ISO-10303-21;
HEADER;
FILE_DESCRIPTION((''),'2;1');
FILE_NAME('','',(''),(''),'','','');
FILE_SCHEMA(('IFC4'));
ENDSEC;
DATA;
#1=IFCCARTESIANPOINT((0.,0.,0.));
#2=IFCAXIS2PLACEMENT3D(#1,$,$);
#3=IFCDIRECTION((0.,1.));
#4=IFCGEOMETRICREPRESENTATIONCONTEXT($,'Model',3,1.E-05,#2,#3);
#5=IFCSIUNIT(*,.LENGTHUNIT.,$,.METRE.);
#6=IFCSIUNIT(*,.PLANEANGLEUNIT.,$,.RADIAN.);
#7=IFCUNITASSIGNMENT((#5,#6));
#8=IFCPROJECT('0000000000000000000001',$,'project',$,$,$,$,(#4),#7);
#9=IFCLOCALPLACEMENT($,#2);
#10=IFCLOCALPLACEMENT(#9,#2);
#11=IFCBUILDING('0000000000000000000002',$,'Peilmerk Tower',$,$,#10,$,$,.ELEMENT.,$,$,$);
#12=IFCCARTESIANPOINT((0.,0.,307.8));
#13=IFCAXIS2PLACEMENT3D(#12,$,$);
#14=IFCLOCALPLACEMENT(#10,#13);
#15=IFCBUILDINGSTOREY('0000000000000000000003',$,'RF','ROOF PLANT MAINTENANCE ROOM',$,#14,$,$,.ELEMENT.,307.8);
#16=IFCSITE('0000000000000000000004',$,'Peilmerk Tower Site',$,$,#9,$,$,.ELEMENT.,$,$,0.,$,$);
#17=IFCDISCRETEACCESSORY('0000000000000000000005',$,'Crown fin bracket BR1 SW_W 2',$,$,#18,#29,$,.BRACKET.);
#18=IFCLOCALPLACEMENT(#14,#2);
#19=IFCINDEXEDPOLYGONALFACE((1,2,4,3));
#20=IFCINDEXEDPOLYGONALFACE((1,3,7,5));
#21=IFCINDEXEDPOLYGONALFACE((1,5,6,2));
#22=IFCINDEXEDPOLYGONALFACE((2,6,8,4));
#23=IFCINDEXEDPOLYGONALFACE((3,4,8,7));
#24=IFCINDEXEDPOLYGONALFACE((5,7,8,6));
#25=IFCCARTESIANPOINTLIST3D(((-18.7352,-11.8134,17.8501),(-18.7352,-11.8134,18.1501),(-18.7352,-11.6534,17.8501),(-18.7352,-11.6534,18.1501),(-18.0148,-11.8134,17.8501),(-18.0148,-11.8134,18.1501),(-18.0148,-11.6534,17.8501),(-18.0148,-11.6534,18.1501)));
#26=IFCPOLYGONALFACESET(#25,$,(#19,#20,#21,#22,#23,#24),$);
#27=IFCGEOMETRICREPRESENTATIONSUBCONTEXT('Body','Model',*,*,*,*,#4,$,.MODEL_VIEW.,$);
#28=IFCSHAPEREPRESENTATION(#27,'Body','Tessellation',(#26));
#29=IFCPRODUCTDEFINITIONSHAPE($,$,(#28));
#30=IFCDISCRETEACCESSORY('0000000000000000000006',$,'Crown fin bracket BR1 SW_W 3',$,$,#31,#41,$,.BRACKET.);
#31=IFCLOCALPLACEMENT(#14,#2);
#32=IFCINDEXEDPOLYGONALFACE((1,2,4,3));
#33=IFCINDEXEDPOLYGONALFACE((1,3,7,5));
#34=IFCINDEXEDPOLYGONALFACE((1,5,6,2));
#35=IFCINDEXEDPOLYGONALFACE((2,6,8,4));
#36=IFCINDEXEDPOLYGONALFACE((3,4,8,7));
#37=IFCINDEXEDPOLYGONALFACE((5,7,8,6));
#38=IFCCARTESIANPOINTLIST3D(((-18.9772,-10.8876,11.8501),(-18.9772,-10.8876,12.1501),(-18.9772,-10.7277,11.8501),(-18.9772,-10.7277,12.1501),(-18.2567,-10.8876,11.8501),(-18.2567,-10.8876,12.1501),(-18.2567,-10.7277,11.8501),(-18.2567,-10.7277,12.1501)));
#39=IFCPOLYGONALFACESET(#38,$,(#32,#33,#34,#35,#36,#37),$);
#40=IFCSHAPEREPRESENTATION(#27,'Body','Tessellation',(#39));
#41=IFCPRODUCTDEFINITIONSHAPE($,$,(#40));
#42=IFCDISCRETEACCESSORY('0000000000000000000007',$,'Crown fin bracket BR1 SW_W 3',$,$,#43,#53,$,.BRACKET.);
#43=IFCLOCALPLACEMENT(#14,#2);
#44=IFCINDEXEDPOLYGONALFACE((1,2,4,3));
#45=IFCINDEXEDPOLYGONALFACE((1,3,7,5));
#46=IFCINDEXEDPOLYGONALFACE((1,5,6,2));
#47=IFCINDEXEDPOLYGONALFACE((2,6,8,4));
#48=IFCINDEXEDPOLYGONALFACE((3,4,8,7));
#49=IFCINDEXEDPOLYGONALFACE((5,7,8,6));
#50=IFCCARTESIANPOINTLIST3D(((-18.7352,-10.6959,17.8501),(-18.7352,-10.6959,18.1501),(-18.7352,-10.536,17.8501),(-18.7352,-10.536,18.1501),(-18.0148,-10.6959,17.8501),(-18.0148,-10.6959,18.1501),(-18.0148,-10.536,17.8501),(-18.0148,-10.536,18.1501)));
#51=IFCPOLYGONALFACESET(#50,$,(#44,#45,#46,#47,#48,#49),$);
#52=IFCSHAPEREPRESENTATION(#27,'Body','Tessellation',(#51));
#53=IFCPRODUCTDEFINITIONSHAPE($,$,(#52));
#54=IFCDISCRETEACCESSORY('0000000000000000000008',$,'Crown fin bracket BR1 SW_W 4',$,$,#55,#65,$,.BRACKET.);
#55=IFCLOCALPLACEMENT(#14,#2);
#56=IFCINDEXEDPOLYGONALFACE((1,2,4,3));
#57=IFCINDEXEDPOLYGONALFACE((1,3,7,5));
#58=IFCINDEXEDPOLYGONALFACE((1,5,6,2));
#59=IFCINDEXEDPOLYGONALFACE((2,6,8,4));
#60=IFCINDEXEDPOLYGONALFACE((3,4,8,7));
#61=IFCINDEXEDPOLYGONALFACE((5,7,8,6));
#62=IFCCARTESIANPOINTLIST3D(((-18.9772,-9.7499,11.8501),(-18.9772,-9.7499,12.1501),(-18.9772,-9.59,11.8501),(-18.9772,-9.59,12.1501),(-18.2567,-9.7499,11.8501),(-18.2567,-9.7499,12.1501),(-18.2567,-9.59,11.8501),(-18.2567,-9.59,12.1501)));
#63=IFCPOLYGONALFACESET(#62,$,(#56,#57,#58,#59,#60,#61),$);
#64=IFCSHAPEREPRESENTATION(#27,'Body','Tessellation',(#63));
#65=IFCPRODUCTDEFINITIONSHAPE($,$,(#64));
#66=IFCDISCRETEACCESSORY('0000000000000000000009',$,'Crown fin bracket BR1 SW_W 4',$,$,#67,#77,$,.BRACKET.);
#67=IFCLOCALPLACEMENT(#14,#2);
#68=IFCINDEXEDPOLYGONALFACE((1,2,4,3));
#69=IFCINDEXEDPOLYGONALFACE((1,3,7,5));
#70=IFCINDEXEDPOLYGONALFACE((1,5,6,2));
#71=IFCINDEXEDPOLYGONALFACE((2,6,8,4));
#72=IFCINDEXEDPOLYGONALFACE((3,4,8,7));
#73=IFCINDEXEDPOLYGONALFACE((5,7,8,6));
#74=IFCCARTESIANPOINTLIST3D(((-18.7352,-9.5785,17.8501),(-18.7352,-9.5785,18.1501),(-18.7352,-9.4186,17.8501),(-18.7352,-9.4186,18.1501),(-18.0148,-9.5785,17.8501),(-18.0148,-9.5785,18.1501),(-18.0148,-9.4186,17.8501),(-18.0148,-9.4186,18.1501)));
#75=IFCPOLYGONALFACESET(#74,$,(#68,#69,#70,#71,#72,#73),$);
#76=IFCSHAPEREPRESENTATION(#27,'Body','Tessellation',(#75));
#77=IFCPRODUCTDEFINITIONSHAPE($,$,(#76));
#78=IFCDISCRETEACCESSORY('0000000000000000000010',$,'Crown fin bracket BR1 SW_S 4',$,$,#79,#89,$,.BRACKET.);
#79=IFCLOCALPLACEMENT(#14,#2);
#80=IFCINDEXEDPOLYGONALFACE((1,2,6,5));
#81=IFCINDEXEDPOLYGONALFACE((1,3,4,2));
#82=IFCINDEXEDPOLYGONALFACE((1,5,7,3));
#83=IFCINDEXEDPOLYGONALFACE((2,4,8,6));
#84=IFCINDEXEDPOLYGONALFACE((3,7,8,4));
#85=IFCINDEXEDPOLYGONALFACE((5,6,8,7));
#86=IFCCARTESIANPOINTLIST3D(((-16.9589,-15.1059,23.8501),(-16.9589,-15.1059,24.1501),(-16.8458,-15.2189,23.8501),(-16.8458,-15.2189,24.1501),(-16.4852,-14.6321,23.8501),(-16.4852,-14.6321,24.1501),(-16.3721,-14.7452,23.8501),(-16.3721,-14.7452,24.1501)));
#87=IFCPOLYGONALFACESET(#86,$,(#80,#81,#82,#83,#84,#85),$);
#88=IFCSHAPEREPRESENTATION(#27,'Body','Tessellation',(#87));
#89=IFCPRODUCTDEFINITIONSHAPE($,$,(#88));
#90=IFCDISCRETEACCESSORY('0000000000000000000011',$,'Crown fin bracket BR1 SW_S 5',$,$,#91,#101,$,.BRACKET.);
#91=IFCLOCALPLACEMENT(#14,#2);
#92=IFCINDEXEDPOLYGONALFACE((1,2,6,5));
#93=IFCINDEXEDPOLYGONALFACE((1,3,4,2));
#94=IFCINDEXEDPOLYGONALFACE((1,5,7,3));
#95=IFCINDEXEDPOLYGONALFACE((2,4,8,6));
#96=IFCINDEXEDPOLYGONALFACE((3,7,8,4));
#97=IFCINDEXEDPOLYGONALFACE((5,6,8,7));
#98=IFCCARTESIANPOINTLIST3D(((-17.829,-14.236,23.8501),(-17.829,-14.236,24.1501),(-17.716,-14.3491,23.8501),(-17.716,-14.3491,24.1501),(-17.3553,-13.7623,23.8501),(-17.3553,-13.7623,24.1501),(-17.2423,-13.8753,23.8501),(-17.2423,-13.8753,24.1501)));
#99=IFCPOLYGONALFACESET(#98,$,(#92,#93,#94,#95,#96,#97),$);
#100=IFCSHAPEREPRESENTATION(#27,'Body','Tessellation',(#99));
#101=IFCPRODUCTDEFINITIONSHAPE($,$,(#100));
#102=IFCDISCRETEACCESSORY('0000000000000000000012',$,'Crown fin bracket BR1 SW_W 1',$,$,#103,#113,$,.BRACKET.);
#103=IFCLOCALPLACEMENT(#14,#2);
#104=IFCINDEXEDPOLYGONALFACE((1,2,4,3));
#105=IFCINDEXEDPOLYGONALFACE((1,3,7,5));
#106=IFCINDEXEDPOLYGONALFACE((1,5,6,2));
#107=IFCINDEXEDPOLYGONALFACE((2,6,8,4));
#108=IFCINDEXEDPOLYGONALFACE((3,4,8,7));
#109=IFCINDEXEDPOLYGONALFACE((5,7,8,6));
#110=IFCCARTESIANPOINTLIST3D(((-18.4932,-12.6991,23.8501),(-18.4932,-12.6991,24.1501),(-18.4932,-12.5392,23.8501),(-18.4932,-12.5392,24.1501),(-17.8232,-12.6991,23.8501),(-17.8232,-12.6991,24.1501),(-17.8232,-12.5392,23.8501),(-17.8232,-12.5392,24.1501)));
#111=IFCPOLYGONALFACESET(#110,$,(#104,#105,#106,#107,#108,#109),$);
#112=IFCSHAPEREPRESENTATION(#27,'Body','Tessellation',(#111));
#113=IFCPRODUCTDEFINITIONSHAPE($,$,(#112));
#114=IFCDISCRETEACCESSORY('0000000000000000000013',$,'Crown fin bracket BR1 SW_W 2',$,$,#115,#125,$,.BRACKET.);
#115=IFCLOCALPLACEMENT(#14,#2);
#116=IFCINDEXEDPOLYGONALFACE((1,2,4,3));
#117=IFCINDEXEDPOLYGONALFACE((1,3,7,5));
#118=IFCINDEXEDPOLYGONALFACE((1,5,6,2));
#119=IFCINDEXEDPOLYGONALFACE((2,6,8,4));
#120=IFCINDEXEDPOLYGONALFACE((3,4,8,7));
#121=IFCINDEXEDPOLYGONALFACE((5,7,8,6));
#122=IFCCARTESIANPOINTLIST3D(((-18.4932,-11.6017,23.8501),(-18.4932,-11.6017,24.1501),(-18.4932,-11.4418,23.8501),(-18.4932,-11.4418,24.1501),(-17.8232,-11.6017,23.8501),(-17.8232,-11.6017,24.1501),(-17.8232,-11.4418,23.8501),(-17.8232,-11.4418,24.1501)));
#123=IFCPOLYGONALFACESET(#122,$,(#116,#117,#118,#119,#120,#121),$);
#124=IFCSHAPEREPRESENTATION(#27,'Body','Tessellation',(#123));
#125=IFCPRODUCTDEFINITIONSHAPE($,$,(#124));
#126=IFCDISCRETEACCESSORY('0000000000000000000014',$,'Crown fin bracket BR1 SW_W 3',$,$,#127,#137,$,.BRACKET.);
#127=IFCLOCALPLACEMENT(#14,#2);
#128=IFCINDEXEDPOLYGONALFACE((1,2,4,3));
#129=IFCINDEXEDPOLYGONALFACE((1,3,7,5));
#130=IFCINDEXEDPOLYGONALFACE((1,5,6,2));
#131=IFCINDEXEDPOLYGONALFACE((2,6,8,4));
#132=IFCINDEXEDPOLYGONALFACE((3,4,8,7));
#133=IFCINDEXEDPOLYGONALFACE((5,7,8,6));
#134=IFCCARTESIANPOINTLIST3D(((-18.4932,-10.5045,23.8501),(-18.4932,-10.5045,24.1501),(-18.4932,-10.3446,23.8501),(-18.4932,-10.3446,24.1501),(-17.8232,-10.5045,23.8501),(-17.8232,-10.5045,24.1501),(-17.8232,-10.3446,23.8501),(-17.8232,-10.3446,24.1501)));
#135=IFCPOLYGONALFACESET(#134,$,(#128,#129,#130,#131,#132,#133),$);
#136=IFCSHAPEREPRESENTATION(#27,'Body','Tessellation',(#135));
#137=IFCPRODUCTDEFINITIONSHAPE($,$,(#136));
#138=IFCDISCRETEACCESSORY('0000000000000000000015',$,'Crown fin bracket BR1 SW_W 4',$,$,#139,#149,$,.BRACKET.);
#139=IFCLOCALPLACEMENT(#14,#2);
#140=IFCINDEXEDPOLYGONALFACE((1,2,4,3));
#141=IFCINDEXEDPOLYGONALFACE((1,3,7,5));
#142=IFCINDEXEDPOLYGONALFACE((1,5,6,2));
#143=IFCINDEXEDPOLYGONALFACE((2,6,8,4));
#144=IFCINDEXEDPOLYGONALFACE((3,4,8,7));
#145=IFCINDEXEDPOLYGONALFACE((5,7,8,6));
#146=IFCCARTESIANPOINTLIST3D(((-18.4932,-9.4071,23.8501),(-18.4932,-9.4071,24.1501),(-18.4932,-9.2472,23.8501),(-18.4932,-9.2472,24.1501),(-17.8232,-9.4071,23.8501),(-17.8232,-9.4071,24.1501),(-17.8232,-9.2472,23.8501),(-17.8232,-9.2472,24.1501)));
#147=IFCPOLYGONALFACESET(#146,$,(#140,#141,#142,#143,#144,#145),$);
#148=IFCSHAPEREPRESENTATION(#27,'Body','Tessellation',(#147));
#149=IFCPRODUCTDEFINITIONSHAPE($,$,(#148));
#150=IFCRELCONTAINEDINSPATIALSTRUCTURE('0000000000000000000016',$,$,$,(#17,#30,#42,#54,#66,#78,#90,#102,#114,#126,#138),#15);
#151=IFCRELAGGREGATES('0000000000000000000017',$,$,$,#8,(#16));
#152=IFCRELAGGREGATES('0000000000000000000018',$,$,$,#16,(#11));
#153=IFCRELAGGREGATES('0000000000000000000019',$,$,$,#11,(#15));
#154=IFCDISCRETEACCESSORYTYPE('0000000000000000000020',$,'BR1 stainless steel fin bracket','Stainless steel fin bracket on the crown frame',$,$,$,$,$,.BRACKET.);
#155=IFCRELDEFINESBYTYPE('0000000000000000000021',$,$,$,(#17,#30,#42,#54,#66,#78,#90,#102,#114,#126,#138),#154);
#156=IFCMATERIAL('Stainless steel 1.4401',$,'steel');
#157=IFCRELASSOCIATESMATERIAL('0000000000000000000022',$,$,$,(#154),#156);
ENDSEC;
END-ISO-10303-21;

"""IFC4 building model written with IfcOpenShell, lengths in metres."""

from ifc_helpers import new_model, si_unit, direction, frame, origin, origin_2d, place, context, subcontext, project, spatial, rectangle, extrude, source, transform, mapped, material, type_object, element, save


model = new_model("IFC4")

# Units and contexts
model_context = context("Model", 3, precision=1e-05, world=origin(), true_north=direction((0.0, 1.0)))
body_context = subcontext(model_context, "Body", "Model", "MODEL_VIEW")
ifc_project = project(units=[si_unit("LENGTHUNIT", "METRE"), si_unit("PLANEANGLEUNIT", "RADIAN")], contexts=[model_context])

# Site, building, storey
site_placement = place(None, origin())
site = spatial("IfcSite", under=ifc_project, at=site_placement, Name="Peilmerk Tower Site", CompositionType="ELEMENT", RefElevation=0.0)
building_placement = place(site_placement, origin())
building = spatial("IfcBuilding", under=site, at=building_placement, Name="Peilmerk Tower", CompositionType="ELEMENT")
storey_placement = place(building_placement, frame((0.0, 0.0, 307.8)))
storey = spatial("IfcBuildingStorey", under=building, at=storey_placement, Name="RF", Description="ROOF PLANT MAINTENANCE ROOM", CompositionType="ELEMENT", Elevation=307.8)

# Discrete accessories
ifc_material_1 = material(Name="Stainless steel 1.4401", Category="steel")
discrete_accessory_type = type_object("IfcDiscreteAccessoryType", Name="BR1 stainless steel fin bracket", Description="Stainless steel fin bracket on the crown frame", PredefinedType="BRACKET", material=ifc_material_1)
shared_shape_1 = source(origin(), body_context, "Body", "SweptSolid", [
    extrude(rectangle(XDim=0.7205, YDim=0.1599, at=origin_2d()), origin(), (0.0, 0.0, 1.0), 0.3),
])
for number, where, z_axis, x_axis, name in (
    (1, (-18.375, -11.7334, 17.8501), (0.0, 0.0, 1.0), (-1.0, 0.0, 0.0), "Crown fin bracket BR1 SW_W 2"),
    (2, (-18.6169, -10.8076, 11.8501), (0.0, 0.0, 1.0), (-1.0, 0.0, 0.0), "Crown fin bracket BR1 SW_W 3"),
    (3, (-18.375, -10.616, 17.8501), (0.0, 0.0, 1.0), (-1.0, 0.0, 0.0), "Crown fin bracket BR1 SW_W 3"),
    (4, (-18.6169, -9.6699, 11.8501), (0.0, 0.0, 1.0), (-1.0, 0.0, 0.0), "Crown fin bracket BR1 SW_W 4"),
    (5, (-18.375, -9.4985, 17.8501), (0.0, 0.0, 1.0), (-1.0, 0.0, 0.0), "Crown fin bracket BR1 SW_W 4"),
):
    element("IfcDiscreteAccessory", number, at=place(storey_placement, frame(where, z_axis=z_axis, x_axis=x_axis)), inside=storey, type_object=discrete_accessory_type, Name=name, PredefinedType="BRACKET", context=body_context, shape_type="MappedRepresentation", body=[
        mapped(shared_shape_1, transform((0.0, 0.0, 0.0), scale=1.0)),
    ])
shared_shape_2 = source(origin(), body_context, "Body", "SweptSolid", [
    extrude(rectangle(XDim=0.6699, YDim=0.1599, at=origin_2d()), origin(), (0.0, 0.0, 1.0), 0.3),
])
for number, where, z_axis, x_axis, name in (
    (6, (-16.6655, -14.9255, 23.8501), (0.0, 0.0, 1.0), (-0.707107, -0.707107, 0.0), "Crown fin bracket BR1 SW_S 4"),
    (7, (-17.5356, -14.0557, 23.8501), (0.0, 0.0, 1.0), (-0.707107, -0.707107, 0.0), "Crown fin bracket BR1 SW_S 5"),
    (8, (-18.1582, -12.6191, 23.8501), (0.0, 0.0, 1.0), (-1.0, 0.0, 0.0), "Crown fin bracket BR1 SW_W 1"),
    (9, (-18.1582, -11.5217, 23.8501), (0.0, 0.0, 1.0), (-1.0, 0.0, 0.0), "Crown fin bracket BR1 SW_W 2"),
    (10, (-18.1582, -10.4246, 23.8501), (0.0, 0.0, 1.0), (-1.0, 0.0, 0.0), "Crown fin bracket BR1 SW_W 3"),
    (11, (-18.1582, -9.3271, 23.8501), (0.0, 0.0, 1.0), (-1.0, 0.0, 0.0), "Crown fin bracket BR1 SW_W 4"),
):
    element("IfcDiscreteAccessory", number, at=place(storey_placement, frame(where, z_axis=z_axis, x_axis=x_axis)), inside=storey, type_object=discrete_accessory_type, Name=name, PredefinedType="BRACKET", context=body_context, shape_type="MappedRepresentation", body=[
        mapped(shared_shape_2, transform((0.0, 0.0, 0.0), scale=1.0)),
    ])

save(model, "model.ifc")
